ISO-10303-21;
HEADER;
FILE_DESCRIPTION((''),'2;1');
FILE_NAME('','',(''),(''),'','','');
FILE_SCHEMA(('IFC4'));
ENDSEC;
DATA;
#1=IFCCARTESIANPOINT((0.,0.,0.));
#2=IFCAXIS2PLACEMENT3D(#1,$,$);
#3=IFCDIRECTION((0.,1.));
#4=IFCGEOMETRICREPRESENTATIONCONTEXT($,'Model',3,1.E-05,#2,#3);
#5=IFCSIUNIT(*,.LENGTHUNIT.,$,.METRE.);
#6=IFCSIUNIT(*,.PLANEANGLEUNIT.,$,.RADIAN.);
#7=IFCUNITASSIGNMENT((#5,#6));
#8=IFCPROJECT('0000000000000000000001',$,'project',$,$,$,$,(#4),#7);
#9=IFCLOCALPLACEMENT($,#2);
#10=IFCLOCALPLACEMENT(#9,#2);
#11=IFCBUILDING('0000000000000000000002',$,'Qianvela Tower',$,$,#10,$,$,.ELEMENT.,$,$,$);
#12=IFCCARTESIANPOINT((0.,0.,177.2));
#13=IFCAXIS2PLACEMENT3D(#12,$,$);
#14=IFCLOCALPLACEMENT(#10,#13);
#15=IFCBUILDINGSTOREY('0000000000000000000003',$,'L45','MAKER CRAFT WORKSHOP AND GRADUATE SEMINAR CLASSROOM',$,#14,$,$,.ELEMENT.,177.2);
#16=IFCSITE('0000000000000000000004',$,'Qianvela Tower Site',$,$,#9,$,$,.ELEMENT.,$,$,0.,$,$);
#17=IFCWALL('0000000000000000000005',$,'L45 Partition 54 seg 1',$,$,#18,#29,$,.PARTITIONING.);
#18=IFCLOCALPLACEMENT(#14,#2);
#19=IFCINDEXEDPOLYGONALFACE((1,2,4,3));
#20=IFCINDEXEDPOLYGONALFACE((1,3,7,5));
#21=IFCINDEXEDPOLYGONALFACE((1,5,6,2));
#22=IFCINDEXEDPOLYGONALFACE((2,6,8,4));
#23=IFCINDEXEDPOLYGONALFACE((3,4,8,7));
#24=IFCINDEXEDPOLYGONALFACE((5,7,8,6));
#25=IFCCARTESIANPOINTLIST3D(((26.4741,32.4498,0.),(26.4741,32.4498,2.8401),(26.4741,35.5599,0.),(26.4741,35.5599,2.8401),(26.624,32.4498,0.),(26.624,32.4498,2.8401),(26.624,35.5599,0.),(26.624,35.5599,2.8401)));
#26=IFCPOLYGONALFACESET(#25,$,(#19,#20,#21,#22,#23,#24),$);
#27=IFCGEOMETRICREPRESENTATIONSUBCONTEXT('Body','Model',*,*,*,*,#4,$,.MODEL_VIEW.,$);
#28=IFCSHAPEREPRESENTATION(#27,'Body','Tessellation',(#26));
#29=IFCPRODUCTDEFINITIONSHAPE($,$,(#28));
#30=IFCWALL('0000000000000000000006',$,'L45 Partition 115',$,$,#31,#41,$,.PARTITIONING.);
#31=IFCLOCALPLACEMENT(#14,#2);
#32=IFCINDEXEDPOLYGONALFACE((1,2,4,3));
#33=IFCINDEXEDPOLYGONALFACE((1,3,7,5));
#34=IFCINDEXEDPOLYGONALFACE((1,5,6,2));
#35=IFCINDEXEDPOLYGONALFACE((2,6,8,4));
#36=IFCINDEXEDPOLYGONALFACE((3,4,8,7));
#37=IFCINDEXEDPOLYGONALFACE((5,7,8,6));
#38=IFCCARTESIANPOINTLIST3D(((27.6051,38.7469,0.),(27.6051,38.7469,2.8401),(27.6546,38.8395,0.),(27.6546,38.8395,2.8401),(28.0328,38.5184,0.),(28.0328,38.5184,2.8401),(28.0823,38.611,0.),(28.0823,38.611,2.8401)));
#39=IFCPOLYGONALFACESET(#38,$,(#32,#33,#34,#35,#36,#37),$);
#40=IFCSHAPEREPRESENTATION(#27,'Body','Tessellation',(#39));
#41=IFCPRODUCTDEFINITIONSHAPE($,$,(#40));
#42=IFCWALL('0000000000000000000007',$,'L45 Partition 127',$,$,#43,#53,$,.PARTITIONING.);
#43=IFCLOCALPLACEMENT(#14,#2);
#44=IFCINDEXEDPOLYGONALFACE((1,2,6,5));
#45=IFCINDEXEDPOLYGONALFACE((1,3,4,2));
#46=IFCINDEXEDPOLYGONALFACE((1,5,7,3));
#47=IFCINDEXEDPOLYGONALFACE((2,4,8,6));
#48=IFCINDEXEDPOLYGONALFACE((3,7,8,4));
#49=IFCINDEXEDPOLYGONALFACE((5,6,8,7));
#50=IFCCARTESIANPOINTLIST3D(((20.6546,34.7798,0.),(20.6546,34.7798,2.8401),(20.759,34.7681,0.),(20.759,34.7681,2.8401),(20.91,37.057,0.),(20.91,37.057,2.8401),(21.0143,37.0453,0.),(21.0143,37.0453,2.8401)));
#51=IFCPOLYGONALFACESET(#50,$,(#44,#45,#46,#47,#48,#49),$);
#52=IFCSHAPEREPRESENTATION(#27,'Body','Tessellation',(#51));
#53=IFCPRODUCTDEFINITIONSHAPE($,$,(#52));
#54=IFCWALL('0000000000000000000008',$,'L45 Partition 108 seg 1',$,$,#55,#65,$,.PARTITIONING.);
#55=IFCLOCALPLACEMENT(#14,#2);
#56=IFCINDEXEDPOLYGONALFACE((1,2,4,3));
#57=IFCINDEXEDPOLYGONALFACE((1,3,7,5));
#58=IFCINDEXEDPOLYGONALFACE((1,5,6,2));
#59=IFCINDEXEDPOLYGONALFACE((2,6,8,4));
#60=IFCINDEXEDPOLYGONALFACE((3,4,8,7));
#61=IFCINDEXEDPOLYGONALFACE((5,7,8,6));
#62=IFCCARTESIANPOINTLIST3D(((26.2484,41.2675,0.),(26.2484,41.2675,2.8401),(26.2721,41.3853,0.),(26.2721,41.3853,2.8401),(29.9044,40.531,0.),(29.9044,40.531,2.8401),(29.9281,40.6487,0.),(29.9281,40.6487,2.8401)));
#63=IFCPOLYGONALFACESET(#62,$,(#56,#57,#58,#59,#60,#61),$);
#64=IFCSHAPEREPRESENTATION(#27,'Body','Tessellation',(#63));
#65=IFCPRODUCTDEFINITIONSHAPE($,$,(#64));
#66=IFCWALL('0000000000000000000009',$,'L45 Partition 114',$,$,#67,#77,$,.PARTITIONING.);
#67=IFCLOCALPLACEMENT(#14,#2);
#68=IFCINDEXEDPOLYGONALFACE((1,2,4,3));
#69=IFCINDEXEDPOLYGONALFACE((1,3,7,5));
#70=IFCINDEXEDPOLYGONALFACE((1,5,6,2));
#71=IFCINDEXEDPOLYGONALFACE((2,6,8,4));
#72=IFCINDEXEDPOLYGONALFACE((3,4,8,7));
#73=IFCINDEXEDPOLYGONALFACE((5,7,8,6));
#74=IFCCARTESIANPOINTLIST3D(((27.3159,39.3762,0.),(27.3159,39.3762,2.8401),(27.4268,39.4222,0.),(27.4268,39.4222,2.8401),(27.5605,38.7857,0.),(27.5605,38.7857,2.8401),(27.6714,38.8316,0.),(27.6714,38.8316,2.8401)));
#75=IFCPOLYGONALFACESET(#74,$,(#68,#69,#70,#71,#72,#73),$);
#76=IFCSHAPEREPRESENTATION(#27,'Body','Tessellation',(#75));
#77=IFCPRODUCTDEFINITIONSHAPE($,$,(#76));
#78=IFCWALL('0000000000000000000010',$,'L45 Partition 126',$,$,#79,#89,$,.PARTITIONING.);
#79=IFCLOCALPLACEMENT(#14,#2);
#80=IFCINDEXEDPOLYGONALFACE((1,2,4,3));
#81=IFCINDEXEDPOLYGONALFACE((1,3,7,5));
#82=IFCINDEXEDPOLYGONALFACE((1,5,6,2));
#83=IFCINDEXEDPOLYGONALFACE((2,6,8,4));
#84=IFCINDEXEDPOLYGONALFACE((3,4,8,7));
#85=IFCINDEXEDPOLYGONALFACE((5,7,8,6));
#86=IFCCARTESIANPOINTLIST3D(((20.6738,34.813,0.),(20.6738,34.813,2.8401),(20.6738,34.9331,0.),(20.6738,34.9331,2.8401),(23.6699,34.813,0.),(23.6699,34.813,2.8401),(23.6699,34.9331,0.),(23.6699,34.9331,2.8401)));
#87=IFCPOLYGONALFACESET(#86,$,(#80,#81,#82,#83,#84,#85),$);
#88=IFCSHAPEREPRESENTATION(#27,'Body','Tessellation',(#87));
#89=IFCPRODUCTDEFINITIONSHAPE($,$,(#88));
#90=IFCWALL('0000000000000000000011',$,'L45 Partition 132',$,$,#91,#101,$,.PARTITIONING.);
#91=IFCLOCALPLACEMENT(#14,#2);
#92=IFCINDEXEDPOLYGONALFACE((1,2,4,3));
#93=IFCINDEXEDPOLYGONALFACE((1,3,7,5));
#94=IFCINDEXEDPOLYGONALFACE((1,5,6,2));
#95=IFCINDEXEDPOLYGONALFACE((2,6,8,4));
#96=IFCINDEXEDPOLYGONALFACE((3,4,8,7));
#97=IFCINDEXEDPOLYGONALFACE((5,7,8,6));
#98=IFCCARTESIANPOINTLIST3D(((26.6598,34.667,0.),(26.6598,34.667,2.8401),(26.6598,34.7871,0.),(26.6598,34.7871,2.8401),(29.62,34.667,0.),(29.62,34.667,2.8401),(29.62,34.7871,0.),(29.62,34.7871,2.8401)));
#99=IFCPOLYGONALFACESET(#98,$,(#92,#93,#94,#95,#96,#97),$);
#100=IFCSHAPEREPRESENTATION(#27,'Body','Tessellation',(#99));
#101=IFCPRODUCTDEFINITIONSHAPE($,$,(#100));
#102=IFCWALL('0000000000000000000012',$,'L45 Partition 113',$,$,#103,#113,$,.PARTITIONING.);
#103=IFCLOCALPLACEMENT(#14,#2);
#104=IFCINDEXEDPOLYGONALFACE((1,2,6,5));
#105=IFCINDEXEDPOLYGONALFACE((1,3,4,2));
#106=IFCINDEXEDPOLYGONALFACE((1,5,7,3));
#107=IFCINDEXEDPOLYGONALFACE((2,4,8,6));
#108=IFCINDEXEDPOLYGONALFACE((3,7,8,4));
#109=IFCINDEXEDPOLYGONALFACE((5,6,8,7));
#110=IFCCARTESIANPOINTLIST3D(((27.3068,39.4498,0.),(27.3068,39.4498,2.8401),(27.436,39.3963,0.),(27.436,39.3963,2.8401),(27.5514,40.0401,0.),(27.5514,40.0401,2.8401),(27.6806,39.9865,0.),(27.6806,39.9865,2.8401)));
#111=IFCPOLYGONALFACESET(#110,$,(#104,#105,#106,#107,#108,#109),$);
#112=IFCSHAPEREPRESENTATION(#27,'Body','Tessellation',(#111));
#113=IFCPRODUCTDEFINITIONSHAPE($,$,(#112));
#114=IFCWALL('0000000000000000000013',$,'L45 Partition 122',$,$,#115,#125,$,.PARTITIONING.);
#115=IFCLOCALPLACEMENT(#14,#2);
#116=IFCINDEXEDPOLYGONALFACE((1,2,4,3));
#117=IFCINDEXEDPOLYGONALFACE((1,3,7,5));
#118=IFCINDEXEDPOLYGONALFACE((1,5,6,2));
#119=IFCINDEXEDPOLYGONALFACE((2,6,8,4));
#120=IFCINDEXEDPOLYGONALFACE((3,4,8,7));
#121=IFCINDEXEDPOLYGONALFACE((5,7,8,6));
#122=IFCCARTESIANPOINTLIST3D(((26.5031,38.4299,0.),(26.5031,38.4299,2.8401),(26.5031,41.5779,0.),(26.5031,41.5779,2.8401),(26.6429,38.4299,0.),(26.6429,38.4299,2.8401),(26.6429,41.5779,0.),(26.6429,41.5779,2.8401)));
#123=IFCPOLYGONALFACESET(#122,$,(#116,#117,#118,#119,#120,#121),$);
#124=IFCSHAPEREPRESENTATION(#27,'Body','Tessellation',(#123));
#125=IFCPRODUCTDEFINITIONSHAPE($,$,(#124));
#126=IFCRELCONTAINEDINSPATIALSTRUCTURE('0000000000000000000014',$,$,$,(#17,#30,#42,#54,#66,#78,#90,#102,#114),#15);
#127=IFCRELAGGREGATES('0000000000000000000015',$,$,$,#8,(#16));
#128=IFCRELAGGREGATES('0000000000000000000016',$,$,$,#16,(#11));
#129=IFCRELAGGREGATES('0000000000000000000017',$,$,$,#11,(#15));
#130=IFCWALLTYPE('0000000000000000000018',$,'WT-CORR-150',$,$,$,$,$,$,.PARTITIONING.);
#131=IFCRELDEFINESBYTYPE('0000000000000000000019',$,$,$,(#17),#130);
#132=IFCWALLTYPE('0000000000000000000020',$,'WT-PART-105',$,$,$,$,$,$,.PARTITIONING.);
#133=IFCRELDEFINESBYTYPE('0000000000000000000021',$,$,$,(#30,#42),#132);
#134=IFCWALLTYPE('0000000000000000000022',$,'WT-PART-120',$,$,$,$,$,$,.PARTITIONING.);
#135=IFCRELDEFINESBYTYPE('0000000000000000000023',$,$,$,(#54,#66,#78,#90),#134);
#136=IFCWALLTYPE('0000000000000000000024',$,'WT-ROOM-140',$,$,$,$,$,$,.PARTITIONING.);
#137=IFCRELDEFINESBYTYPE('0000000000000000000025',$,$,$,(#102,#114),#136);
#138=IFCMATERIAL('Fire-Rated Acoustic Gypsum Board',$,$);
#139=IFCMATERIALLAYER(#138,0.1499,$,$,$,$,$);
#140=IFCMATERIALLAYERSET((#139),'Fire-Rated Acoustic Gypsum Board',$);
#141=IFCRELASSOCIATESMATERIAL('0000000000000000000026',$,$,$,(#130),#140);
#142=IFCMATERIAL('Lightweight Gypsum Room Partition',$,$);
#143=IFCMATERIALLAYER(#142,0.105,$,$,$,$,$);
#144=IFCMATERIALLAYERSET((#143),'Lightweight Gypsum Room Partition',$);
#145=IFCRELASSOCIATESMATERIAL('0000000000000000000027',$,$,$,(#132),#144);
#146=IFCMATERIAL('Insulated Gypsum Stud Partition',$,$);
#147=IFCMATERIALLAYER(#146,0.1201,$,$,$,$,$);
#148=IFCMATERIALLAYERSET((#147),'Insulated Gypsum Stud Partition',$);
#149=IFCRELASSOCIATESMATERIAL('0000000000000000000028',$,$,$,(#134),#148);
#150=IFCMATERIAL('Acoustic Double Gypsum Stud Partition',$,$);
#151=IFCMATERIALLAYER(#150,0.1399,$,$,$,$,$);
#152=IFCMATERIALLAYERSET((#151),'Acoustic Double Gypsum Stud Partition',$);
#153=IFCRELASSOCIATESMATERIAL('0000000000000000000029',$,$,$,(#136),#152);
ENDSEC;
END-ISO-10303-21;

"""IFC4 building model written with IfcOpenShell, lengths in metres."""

from ifc_helpers import new_model, si_unit, direction, frame, frame_2d, origin, place, context, subcontext, project, spatial, rectangle, extrude, material, layer, layer_set, type_object, element, save


model = new_model("IFC4")

# Units and contexts
model_context = context("Model", 3, precision=1e-05, world=origin(), true_north=direction((0.0, 1.0)))
body_context = subcontext(model_context, "Body", "Model", "MODEL_VIEW")
ifc_project = project(units=[si_unit("LENGTHUNIT", "METRE"), si_unit("PLANEANGLEUNIT", "RADIAN")], contexts=[model_context])

# Site, building, storey
site_placement = place(None, origin())
site = spatial("IfcSite", under=ifc_project, at=site_placement, Name="Qianvela Tower Site", CompositionType="ELEMENT", RefElevation=0.0)
building_placement = place(site_placement, origin())
building = spatial("IfcBuilding", under=site, at=building_placement, Name="Qianvela Tower", CompositionType="ELEMENT")
storey_placement = place(building_placement, frame((0.0, 0.0, 177.2)))
storey = spatial("IfcBuildingStorey", under=building, at=storey_placement, Name="L45", Description="MAKER CRAFT WORKSHOP AND GRADUATE SEMINAR CLASSROOM", CompositionType="ELEMENT", Elevation=177.2)

# Shared definitions
ifc_material_1 = material(Name="Fire-Rated Acoustic Gypsum Board")
ifc_layer_1 = layer(ifc_material_1, 0.1499)
ifc_layer_set_1 = layer_set([ifc_layer_1], Name="Fire-Rated Acoustic Gypsum Board")
wall_type_1 = type_object("IfcWallType", Name="WT-CORR-150", PredefinedType="PARTITIONING", material=ifc_layer_set_1)

# Walls
wall_1_placement = place(storey_placement, frame((26.5491, 35.5601, 0.0), z_axis=(0.0, 0.0, 1.0), x_axis=(0.0, -1.0, 0.0)))
element("IfcWall", 1, at=wall_1_placement, inside=storey, type_object=wall_type_1, Name="L45 Partition 54 seg 1", PredefinedType="PARTITIONING", context=body_context, shape_type="SweptSolid", body=[
    extrude(rectangle(XDim=3.1101, YDim=0.1499, at=frame_2d((1.5552, 0.0))), origin(), (0.0, 0.0, 1.0), 2.8401),
])
ifc_material_2 = material(Name="Lightweight Gypsum Room Partition")
ifc_layer_2 = layer(ifc_material_2, 0.105)
ifc_layer_set_2 = layer_set([ifc_layer_2], Name="Lightweight Gypsum Room Partition")
wall_type_2 = type_object("IfcWallType", Name="WT-PART-105", PredefinedType="PARTITIONING", material=ifc_layer_set_2)
wall_2_placement = place(storey_placement, frame((27.6299, 38.7932, 0.0), z_axis=(0.0, 0.0, 1.0), x_axis=(0.882018, -0.471215, 0.0)))
element("IfcWall", 2, at=wall_2_placement, inside=storey, type_object=wall_type_2, Name="L45 Partition 115", PredefinedType="PARTITIONING", context=body_context, shape_type="SweptSolid", body=[
    extrude(rectangle(XDim=0.4849, YDim=0.105, at=frame_2d((0.2424, 0.0))), origin(), (0.0, 0.0, 1.0), 2.8401),
])
wall_3_placement = place(storey_placement, frame((20.7068, 34.7739, 0.0), z_axis=(0.0, 0.0, 1.0), x_axis=(0.111437, 0.993771, 0.0)))
element("IfcWall", 3, at=wall_3_placement, inside=storey, type_object=wall_type_2, Name="L45 Partition 127", PredefinedType="PARTITIONING", context=body_context, shape_type="SweptSolid", body=[
    extrude(rectangle(XDim=2.2915, YDim=0.105, at=frame_2d((1.1458, 0.0))), origin(), (0.0, 0.0, 1.0), 2.8401),
])
ifc_material_3 = material(Name="Insulated Gypsum Stud Partition")
ifc_layer_3 = layer(ifc_material_3, 0.1201)
ifc_layer_set_3 = layer_set([ifc_layer_3], Name="Insulated Gypsum Stud Partition")
wall_type_3 = type_object("IfcWallType", Name="WT-PART-120", PredefinedType="PARTITIONING", material=ifc_layer_set_3)
wall_4_placement = place(storey_placement, frame((26.2603, 41.3264, 0.0), z_axis=(0.0, 0.0, 1.0), x_axis=(0.980303, -0.197501, 0.0)))
element("IfcWall", 4, at=wall_4_placement, inside=storey, type_object=wall_type_3, Name="L45 Partition 108 seg 1", PredefinedType="PARTITIONING", context=body_context, shape_type="SweptSolid", body=[
    extrude(rectangle(XDim=3.7295, YDim=0.1201, at=frame_2d((1.8647, 0.0))), origin(), (0.0, 0.0, 1.0), 2.8401),
])
wall_5_placement = place(storey_placement, frame((27.3713, 39.3992, 0.0), z_axis=(0.0, 0.0, 1.0), x_axis=(0.382689, -0.923877, 0.0)))
element("IfcWall", 5, at=wall_5_placement, inside=storey, type_object=wall_type_3, Name="L45 Partition 114", PredefinedType="PARTITIONING", context=body_context, shape_type="SweptSolid", body=[
    extrude(rectangle(XDim=0.6392, YDim=0.1201, at=frame_2d((0.3196, 0.0))), origin(), (0.0, 0.0, 1.0), 2.8401),
])
wall_6_placement = place(storey_placement, frame((23.6699, 34.873, 0.0), z_axis=(0.0, 0.0, 1.0), x_axis=(-1.0, 0.0, 0.0)))
element("IfcWall", 6, at=wall_6_placement, inside=storey, type_object=wall_type_3, Name="L45 Partition 126", PredefinedType="PARTITIONING", context=body_context, shape_type="SweptSolid", body=[
    extrude(rectangle(XDim=2.9961, YDim=0.1201, at=frame_2d((1.498, 0.0))), origin(), (0.0, 0.0, 1.0), 2.8401),
])
wall_7_placement = place(storey_placement, frame((26.6599, 34.7271, 0.0), z_axis=(0.0, 0.0, 1.0), x_axis=(1.0, 0.0, 0.0)))
element("IfcWall", 7, at=wall_7_placement, inside=storey, type_object=wall_type_3, Name="L45 Partition 132", PredefinedType="PARTITIONING", context=body_context, shape_type="SweptSolid", body=[
    extrude(rectangle(XDim=2.9602, YDim=0.1201, at=frame_2d((1.48, 0.0))), origin(), (0.0, 0.0, 1.0), 2.8401),
])
ifc_material_4 = material(Name="Acoustic Double Gypsum Stud Partition")
ifc_layer_4 = layer(ifc_material_4, 0.1399)
ifc_layer_set_4 = layer_set([ifc_layer_4], Name="Acoustic Double Gypsum Stud Partition")
wall_type_4 = type_object("IfcWallType", Name="WT-ROOM-140", PredefinedType="PARTITIONING", material=ifc_layer_set_4)
wall_8_placement = place(storey_placement, frame((27.616, 40.0132, 0.0), z_axis=(0.0, 0.0, 1.0), x_axis=(-0.382824, -0.923821, 0.0)))
element("IfcWall", 8, at=wall_8_placement, inside=storey, type_object=wall_type_4, Name="L45 Partition 113", PredefinedType="PARTITIONING", context=body_context, shape_type="SweptSolid", body=[
    extrude(rectangle(XDim=0.6389, YDim=0.1399, at=frame_2d((0.3193, 0.0))), origin(), (0.0, 0.0, 1.0), 2.8401),
])
wall_9_placement = place(storey_placement, frame((26.573, 38.4299, 0.0), z_axis=(0.0, 0.0, 1.0), x_axis=(0.0, 1.0, 0.0)))
element("IfcWall", 9, at=wall_9_placement, inside=storey, type_object=wall_type_4, Name="L45 Partition 122", PredefinedType="PARTITIONING", context=body_context, shape_type="SweptSolid", body=[
    extrude(rectangle(XDim=3.1479, YDim=0.1399, at=frame_2d((1.574, 0.0))), origin(), (0.0, 0.0, 1.0), 2.8401),
])

save(model, "model.ifc")
